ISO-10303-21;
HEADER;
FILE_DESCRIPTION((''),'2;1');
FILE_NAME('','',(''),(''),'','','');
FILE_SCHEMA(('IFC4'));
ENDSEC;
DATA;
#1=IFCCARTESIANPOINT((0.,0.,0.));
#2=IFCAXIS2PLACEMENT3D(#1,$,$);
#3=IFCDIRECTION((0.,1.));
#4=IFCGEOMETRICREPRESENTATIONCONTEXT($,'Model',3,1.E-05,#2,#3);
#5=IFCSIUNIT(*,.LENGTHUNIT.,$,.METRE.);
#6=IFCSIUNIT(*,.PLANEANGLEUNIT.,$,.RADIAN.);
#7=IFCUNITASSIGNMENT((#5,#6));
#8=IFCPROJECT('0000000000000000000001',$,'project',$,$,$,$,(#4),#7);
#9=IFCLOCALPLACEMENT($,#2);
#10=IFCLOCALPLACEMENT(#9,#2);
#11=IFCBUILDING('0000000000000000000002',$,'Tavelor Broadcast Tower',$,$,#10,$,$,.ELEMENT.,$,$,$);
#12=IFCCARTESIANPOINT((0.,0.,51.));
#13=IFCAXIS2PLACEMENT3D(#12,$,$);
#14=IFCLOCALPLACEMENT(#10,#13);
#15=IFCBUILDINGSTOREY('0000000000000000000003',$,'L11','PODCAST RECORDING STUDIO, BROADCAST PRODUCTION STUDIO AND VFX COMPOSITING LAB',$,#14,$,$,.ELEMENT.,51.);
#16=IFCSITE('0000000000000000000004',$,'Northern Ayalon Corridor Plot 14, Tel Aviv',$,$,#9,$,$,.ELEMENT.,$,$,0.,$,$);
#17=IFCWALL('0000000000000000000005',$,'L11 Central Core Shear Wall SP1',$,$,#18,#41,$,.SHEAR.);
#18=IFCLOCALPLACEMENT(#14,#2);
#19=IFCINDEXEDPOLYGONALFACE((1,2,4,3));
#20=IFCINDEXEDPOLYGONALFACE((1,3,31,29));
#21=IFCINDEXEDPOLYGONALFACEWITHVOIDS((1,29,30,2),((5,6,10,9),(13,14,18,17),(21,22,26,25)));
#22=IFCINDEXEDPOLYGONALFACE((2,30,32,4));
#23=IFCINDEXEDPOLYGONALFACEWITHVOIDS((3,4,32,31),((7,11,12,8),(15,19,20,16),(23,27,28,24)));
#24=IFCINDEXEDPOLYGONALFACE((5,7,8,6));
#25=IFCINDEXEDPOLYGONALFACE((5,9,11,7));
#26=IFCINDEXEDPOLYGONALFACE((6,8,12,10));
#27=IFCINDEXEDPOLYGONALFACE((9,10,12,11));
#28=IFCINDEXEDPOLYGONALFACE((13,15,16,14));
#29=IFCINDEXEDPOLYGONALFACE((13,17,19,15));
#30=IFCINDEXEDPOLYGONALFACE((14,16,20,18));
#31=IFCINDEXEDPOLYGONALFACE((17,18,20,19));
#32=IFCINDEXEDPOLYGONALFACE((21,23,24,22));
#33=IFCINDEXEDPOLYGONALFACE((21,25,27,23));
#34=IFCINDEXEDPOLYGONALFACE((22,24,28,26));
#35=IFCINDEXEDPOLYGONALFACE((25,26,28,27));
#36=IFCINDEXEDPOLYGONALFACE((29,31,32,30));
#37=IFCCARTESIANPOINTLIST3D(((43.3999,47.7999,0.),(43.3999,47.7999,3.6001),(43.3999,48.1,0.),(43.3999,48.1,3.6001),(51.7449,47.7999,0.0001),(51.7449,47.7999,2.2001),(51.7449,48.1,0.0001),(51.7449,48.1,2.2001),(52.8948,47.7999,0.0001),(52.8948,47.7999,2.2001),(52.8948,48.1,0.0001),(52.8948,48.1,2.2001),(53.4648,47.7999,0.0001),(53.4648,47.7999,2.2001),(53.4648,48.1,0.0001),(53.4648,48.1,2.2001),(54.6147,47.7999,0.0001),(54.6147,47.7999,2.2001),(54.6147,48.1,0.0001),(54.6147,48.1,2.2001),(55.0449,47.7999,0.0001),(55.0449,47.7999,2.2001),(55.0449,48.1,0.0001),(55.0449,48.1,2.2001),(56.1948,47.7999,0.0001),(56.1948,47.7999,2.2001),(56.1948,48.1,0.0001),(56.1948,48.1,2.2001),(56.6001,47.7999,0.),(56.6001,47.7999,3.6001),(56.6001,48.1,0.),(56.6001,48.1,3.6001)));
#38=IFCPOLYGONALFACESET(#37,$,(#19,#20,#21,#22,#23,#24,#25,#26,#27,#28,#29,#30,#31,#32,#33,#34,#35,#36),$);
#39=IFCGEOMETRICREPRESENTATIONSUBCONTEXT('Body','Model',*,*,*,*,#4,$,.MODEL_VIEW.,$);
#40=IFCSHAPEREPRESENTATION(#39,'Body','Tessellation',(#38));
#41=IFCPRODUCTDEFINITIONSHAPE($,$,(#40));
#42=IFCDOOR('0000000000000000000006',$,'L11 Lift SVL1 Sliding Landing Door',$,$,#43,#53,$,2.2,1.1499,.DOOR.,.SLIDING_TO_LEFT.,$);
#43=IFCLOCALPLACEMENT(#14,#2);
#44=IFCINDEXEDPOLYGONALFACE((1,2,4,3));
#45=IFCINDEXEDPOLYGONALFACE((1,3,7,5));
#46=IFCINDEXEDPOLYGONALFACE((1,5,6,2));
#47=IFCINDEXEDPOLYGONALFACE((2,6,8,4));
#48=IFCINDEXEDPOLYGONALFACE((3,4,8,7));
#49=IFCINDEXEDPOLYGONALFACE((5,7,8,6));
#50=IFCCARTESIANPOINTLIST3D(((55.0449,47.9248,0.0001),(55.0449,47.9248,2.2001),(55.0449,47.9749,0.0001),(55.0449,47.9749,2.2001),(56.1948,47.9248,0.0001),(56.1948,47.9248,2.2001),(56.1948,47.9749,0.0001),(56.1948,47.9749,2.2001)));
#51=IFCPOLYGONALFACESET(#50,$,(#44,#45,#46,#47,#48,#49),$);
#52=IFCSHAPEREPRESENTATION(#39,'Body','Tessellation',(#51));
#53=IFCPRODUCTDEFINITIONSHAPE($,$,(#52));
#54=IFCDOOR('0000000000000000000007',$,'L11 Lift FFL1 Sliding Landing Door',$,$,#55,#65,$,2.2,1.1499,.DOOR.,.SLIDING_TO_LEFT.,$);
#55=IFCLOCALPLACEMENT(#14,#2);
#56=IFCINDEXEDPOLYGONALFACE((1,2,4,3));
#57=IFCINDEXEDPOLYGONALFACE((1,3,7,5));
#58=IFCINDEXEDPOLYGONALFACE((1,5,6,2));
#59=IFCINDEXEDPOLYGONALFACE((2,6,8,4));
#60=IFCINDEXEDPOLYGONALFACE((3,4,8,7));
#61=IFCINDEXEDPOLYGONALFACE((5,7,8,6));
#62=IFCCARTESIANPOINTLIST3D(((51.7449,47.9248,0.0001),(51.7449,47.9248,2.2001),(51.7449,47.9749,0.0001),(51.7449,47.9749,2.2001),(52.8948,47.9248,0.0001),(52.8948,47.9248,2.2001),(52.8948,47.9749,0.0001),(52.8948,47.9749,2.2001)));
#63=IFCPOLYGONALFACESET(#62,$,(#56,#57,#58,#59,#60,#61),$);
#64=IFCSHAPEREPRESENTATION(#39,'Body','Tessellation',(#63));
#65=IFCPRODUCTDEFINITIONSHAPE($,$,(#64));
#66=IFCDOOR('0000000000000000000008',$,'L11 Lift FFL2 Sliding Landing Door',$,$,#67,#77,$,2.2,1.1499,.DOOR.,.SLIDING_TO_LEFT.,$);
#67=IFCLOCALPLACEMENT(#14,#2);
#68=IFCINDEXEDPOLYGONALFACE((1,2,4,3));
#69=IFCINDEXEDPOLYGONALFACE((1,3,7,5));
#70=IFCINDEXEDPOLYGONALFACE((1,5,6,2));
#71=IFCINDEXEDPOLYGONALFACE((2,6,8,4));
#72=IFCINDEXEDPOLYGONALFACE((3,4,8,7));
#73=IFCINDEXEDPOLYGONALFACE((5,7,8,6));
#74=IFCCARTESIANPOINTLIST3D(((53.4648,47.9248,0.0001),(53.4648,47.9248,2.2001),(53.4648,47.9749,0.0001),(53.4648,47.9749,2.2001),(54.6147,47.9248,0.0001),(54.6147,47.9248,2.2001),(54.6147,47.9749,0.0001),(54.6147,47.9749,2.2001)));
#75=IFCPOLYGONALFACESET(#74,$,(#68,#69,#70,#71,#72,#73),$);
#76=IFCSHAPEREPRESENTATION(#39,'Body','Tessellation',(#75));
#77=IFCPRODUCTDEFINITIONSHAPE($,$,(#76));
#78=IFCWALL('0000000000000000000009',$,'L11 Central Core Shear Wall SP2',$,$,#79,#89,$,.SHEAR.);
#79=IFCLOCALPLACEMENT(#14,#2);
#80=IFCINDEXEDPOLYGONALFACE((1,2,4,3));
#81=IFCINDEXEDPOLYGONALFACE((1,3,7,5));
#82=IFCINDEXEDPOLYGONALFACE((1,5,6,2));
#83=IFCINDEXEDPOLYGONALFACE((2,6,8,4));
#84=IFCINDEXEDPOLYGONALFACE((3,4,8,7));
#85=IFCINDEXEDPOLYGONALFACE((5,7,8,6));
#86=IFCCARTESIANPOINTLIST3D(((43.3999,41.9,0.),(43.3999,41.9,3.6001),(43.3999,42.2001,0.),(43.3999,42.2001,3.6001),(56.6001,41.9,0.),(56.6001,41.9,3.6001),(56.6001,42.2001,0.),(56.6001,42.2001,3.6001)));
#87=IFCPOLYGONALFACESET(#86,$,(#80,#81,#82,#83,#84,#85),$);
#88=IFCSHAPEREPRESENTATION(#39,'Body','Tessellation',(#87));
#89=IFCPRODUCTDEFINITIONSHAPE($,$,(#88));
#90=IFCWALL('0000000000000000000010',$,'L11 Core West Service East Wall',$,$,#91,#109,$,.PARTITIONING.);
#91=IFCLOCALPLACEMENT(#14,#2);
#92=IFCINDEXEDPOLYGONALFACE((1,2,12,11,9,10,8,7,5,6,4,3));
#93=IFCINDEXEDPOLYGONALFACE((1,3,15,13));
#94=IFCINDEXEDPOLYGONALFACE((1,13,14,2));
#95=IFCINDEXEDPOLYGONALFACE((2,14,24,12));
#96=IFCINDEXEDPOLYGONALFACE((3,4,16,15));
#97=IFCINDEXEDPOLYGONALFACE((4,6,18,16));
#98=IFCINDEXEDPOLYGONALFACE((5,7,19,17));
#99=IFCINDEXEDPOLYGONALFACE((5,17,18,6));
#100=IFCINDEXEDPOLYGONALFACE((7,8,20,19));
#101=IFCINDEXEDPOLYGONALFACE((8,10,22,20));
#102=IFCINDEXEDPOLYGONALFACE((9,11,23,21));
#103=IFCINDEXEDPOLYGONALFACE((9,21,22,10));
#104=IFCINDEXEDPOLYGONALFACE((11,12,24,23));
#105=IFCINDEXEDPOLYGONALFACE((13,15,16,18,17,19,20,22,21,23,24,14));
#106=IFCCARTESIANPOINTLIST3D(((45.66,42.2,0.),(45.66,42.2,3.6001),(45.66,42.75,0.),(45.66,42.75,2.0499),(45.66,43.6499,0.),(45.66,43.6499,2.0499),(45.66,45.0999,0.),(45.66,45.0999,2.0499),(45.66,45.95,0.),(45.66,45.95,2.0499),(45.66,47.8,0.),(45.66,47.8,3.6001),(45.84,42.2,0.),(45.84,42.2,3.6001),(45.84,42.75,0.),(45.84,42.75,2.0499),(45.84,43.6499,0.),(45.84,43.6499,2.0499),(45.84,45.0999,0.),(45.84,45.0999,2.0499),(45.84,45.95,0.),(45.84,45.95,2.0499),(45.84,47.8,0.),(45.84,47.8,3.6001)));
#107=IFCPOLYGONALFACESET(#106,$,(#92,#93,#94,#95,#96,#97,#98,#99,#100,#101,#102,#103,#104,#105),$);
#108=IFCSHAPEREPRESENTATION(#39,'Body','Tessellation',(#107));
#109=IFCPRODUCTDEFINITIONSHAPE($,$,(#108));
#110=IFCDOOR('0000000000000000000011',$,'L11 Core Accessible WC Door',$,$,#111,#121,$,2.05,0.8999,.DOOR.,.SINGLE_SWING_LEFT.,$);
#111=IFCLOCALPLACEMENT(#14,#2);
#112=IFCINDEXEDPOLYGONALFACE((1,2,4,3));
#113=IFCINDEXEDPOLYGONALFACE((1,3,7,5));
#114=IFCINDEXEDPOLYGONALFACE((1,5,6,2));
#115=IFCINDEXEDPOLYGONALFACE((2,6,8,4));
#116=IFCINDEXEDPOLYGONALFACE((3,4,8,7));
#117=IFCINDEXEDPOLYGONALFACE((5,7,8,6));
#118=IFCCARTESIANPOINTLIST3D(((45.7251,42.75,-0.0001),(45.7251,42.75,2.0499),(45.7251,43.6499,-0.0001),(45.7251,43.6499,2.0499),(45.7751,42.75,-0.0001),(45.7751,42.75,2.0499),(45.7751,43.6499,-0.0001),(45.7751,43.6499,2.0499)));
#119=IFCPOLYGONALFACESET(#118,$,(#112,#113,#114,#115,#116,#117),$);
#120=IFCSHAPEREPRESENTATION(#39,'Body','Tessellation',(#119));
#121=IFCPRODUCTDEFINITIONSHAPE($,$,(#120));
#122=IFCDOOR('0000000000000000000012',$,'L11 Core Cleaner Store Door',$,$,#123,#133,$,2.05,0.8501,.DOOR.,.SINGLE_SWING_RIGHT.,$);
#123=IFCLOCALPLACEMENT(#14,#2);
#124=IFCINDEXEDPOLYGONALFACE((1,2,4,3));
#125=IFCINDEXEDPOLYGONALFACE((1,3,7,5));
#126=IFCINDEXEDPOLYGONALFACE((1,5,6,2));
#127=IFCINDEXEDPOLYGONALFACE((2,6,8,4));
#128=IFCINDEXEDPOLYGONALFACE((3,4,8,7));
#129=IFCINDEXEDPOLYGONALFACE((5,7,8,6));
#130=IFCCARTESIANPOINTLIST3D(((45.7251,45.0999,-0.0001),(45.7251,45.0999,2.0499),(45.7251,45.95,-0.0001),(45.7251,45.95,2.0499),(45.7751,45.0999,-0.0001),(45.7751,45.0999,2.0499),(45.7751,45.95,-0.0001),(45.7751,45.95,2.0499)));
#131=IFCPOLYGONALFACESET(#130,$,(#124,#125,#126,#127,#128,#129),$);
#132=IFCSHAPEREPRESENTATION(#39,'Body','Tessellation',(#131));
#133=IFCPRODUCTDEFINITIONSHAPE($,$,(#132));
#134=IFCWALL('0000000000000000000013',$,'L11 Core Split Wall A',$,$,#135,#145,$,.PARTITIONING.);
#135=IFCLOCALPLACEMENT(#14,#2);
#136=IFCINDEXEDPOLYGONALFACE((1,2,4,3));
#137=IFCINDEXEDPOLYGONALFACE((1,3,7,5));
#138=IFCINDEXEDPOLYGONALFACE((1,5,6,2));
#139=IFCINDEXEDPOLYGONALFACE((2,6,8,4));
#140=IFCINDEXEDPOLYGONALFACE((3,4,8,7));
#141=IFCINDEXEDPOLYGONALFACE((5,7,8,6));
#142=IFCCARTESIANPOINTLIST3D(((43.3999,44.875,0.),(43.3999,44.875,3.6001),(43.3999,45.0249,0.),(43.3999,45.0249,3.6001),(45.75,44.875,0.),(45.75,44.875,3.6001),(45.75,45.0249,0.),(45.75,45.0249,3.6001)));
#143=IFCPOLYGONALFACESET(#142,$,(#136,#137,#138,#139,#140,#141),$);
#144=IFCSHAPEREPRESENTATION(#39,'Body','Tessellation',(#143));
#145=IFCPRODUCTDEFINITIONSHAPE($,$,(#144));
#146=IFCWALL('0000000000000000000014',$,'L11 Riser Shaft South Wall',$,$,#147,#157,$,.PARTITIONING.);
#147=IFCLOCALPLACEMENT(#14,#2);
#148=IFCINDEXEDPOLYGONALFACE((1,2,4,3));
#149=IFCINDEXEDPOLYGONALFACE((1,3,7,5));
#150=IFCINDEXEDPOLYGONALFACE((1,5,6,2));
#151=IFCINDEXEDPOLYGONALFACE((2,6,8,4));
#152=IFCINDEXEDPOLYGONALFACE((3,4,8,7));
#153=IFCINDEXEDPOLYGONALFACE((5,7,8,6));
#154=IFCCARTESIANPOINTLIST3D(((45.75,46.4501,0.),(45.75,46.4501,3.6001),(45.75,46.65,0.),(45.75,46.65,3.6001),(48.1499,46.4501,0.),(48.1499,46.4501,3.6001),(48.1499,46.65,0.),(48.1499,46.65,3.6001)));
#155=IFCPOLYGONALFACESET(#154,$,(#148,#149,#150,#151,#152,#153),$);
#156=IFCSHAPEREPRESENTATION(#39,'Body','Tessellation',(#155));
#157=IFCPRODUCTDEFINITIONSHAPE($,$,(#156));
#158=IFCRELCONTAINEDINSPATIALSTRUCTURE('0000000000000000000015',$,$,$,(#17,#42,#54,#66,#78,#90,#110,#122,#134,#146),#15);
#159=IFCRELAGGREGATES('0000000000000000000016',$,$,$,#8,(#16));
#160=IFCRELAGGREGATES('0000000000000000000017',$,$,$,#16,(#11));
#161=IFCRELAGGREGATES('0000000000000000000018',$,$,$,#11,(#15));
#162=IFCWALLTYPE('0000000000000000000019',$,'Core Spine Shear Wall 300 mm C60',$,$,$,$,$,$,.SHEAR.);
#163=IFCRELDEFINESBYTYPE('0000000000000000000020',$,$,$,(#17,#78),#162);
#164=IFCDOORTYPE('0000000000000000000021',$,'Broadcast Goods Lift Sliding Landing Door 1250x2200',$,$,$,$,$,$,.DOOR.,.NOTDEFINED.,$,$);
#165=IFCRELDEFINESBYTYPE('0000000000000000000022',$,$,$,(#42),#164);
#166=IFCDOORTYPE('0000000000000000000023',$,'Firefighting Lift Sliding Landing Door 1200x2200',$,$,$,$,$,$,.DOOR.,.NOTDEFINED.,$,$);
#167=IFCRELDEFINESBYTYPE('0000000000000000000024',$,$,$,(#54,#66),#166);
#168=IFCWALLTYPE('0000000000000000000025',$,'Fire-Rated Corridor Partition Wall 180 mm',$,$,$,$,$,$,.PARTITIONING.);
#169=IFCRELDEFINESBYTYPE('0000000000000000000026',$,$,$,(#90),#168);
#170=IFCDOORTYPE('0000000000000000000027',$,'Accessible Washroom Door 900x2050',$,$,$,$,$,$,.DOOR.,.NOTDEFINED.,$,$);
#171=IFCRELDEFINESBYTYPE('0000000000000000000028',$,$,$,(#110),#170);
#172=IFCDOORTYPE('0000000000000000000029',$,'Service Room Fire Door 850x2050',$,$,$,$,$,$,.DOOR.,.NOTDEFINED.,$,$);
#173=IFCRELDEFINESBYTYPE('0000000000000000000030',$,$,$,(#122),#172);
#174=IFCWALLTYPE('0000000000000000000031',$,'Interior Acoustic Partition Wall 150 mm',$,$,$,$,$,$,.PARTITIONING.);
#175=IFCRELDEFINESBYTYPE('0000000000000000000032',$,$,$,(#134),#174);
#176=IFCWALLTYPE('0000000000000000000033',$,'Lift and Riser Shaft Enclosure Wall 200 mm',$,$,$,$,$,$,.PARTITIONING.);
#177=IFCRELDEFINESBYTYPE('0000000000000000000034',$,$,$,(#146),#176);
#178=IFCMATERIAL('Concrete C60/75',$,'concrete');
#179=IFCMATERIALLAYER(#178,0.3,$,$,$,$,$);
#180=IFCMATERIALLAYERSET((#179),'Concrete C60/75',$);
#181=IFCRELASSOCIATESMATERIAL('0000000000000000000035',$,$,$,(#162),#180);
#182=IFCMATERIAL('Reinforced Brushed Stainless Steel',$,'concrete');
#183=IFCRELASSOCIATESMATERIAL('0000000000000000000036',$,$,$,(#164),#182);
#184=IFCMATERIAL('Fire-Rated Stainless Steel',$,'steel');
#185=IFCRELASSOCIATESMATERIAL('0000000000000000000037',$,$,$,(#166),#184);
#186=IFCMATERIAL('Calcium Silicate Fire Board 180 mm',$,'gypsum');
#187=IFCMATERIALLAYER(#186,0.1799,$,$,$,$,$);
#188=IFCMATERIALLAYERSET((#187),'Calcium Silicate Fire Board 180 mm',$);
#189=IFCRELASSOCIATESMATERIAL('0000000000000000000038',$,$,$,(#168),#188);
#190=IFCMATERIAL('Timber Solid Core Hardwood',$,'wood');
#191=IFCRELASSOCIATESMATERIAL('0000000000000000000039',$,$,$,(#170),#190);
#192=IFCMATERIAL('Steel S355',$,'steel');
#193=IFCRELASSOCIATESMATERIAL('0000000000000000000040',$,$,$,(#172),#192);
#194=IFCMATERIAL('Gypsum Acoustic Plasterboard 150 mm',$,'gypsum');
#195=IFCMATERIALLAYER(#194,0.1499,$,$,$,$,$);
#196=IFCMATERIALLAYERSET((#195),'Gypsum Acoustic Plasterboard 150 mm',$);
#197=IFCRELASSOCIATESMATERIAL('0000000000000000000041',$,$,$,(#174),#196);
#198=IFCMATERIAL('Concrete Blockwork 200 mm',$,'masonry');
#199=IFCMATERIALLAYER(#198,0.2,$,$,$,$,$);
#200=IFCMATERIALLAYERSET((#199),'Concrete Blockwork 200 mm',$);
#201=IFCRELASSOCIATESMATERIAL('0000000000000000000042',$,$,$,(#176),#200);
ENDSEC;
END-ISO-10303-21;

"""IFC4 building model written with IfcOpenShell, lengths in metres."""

from ifc_helpers import new_model, si_unit, direction, frame, frame_2d, origin, place, context, subcontext, project, spatial, rectangle, extrude, material, layer, layer_set, type_object, element, fill, save


model = new_model("IFC4")

# Units and contexts
model_context = context("Model", 3, precision=1e-05, world=origin(), true_north=direction((0.0, 1.0)))
body_context = subcontext(model_context, "Body", "Model", "MODEL_VIEW")
ifc_project = project(units=[si_unit("LENGTHUNIT", "METRE"), si_unit("PLANEANGLEUNIT", "RADIAN")], contexts=[model_context])

# Site, building, storey
site_placement = place(None, origin())
site = spatial("IfcSite", under=ifc_project, at=site_placement, Name="Northern Ayalon Corridor Plot 14, Tel Aviv", CompositionType="ELEMENT", RefElevation=0.0)
building_placement = place(site_placement, origin())
building = spatial("IfcBuilding", under=site, at=building_placement, Name="Tavelor Broadcast Tower", CompositionType="ELEMENT")
storey_placement = place(building_placement, frame((0.0, 0.0, 51.0)))
storey = spatial("IfcBuildingStorey", under=building, at=storey_placement, Name="L11", Description="PODCAST RECORDING STUDIO, BROADCAST PRODUCTION STUDIO AND VFX COMPOSITING LAB", CompositionType="ELEMENT", Elevation=51.0)

# Shared definitions
ifc_material_1 = material(Name="Concrete C60/75", Category="concrete")

# Shared definitions
ifc_material_2 = material(Name="Steel S355", Category="steel")

# Wall, openings, doors
ifc_layer_1 = layer(ifc_material_1, 0.3)
ifc_layer_set_1 = layer_set([ifc_layer_1], Name="Concrete C60/75")
wall_type_1 = type_object("IfcWallType", Name="Core Spine Shear Wall 300 mm C60", PredefinedType="SHEAR", material=ifc_layer_set_1)
wall_1_placement = place(storey_placement, frame((43.3999, 47.95, 0.0), z_axis=(0.0, 0.0, 1.0), x_axis=(1.0, 0.0, 0.0)))
wall_1 = element("IfcWall", 1, at=wall_1_placement, inside=storey, type_object=wall_type_1, Name="L11 Central Core Shear Wall SP1", PredefinedType="SHEAR", context=body_context, shape_type="SweptSolid", body=[
    extrude(rectangle(XDim=13.2002, YDim=0.3, at=frame_2d((6.6001, 0.0))), origin(), (0.0, 0.0, 1.0), 3.6001),
])
opening_1_placement = place(wall_1_placement, frame((8.345, 0.0, 0.0)))
opening_1 = element("IfcOpeningElement", 2, at=opening_1_placement, cuts=wall_1, PredefinedType="OPENING", context=body_context, shape_type="SweptSolid", body=[
    extrude(rectangle(XDim=1.1499, YDim=2.2, at=frame_2d((0.575, 1.1001))), frame((0.0, 0.1602, 0.0), z_axis=(0.0, -1.0, 0.0), x_axis=(1.0, 0.0, 0.0)), (0.0, 0.0, 1.0), 0.3201),
])
opening_2_placement = place(wall_1_placement, frame((10.0649, 0.0, 0.0)))
opening_2 = element("IfcOpeningElement", 3, at=opening_2_placement, cuts=wall_1, PredefinedType="OPENING", context=body_context, shape_type="SweptSolid", body=[
    extrude(rectangle(XDim=1.1499, YDim=2.2, at=frame_2d((0.575, 1.1001))), frame((0.0, 0.1602, 0.0), z_axis=(0.0, -1.0, 0.0), x_axis=(1.0, 0.0, 0.0)), (0.0, 0.0, 1.0), 0.3201),
])
opening_3_placement = place(wall_1_placement, frame((11.645, 0.0, 0.0)))
opening_3 = element("IfcOpeningElement", 4, at=opening_3_placement, cuts=wall_1, PredefinedType="OPENING", context=body_context, shape_type="SweptSolid", body=[
    extrude(rectangle(XDim=1.1499, YDim=2.2, at=frame_2d((0.575, 1.1001))), frame((0.0, 0.1602, 0.0), z_axis=(0.0, -1.0, 0.0), x_axis=(1.0, 0.0, 0.0)), (0.0, 0.0, 1.0), 0.3201),
])
ifc_material_3 = material(Name="Reinforced Brushed Stainless Steel", Category="concrete")
door_type_1 = type_object("IfcDoorType", Name="Broadcast Goods Lift Sliding Landing Door 1250x2200", OperationType="NOTDEFINED", PredefinedType="DOOR", material=ifc_material_3)
door_1_placement = place(opening_3_placement, origin())
door_1 = element("IfcDoor", 5, at=door_1_placement, inside=storey, type_object=door_type_1, Name="L11 Lift SVL1 Sliding Landing Door", OperationType="SLIDING_TO_LEFT", OverallHeight=2.2, OverallWidth=1.1499, PredefinedType="DOOR", context=body_context, shape_type="SweptSolid", body=[
    extrude(rectangle(XDim=1.1499, YDim=2.2, at=frame_2d((0.575, 1.1001))), frame((0.0, 0.0249, 0.0), z_axis=(0.0, -1.0, 0.0), x_axis=(1.0, 0.0, 0.0)), (0.0, 0.0, 1.0), 0.05),
])
fill(opening_3, door_1)
ifc_material_4 = material(Name="Fire-Rated Stainless Steel", Category="steel")
door_type_2 = type_object("IfcDoorType", Name="Firefighting Lift Sliding Landing Door 1200x2200", OperationType="NOTDEFINED", PredefinedType="DOOR", material=ifc_material_4)
door_2_placement = place(opening_1_placement, origin())
door_2 = element("IfcDoor", 6, at=door_2_placement, inside=storey, type_object=door_type_2, Name="L11 Lift FFL1 Sliding Landing Door", OperationType="SLIDING_TO_LEFT", OverallHeight=2.2, OverallWidth=1.1499, PredefinedType="DOOR", context=body_context, shape_type="SweptSolid", body=[
    extrude(rectangle(XDim=1.1499, YDim=2.2, at=frame_2d((0.575, 1.1001))), frame((0.0, 0.0249, 0.0), z_axis=(0.0, -1.0, 0.0), x_axis=(1.0, 0.0, 0.0)), (0.0, 0.0, 1.0), 0.05),
])
fill(opening_1, door_2)
door_3_placement = place(opening_2_placement, origin())
door_3 = element("IfcDoor", 7, at=door_3_placement, inside=storey, type_object=door_type_2, Name="L11 Lift FFL2 Sliding Landing Door", OperationType="SLIDING_TO_LEFT", OverallHeight=2.2, OverallWidth=1.1499, PredefinedType="DOOR", context=body_context, shape_type="SweptSolid", body=[
    extrude(rectangle(XDim=1.1499, YDim=2.2, at=frame_2d((0.575, 1.1001))), frame((0.0, 0.0249, 0.0), z_axis=(0.0, -1.0, 0.0), x_axis=(1.0, 0.0, 0.0)), (0.0, 0.0, 1.0), 0.05),
])
fill(opening_2, door_3)

# Wall
wall_2_placement = place(storey_placement, frame((43.3999, 42.05, 0.0), z_axis=(0.0, 0.0, 1.0), x_axis=(1.0, 0.0, 0.0)))
element("IfcWall", 8, at=wall_2_placement, inside=storey, type_object=wall_type_1, Name="L11 Central Core Shear Wall SP2", PredefinedType="SHEAR", context=body_context, shape_type="SweptSolid", body=[
    extrude(rectangle(XDim=13.2002, YDim=0.3, at=frame_2d((6.6001, 0.0))), origin(), (0.0, 0.0, 1.0), 3.6001),
])

# Wall, openings, doors
ifc_material_5 = material(Name="Calcium Silicate Fire Board 180 mm", Category="gypsum")
ifc_layer_2 = layer(ifc_material_5, 0.1799)
ifc_layer_set_2 = layer_set([ifc_layer_2], Name="Calcium Silicate Fire Board 180 mm")
wall_type_2 = type_object("IfcWallType", Name="Fire-Rated Corridor Partition Wall 180 mm", PredefinedType="PARTITIONING", material=ifc_layer_set_2)
wall_3_placement = place(storey_placement, frame((45.75, 42.2, 0.0), z_axis=(0.0, 0.0, 1.0), x_axis=(0.0, 1.0, 0.0)))
wall_3 = element("IfcWall", 9, at=wall_3_placement, inside=storey, type_object=wall_type_2, Name="L11 Core West Service East Wall", PredefinedType="PARTITIONING", context=body_context, shape_type="SweptSolid", body=[
    extrude(rectangle(XDim=5.6001, YDim=0.1799, at=frame_2d((2.8, 0.0))), origin(), (0.0, 0.0, 1.0), 3.6001),
])
opening_4_placement = place(wall_3_placement, frame((0.55, 0.0, 0.0)))
opening_4 = element("IfcOpeningElement", 10, at=opening_4_placement, cuts=wall_3, PredefinedType="OPENING", context=body_context, shape_type="SweptSolid", body=[
    extrude(rectangle(XDim=0.8999, YDim=2.05, at=frame_2d((0.45, 1.0249))), frame((0.0, 0.1001, 0.0), z_axis=(0.0, -1.0, 0.0), x_axis=(1.0, 0.0, 0.0)), (0.0, 0.0, 1.0), 0.2),
])
opening_5_placement = place(wall_3_placement, frame((2.8999, 0.0, 0.0)))
opening_5 = element("IfcOpeningElement", 11, at=opening_5_placement, cuts=wall_3, PredefinedType="OPENING", context=body_context, shape_type="SweptSolid", body=[
    extrude(rectangle(XDim=0.8501, YDim=2.05, at=frame_2d((0.425, 1.0249))), frame((0.0, 0.1001, 0.0), z_axis=(0.0, -1.0, 0.0), x_axis=(1.0, 0.0, 0.0)), (0.0, 0.0, 1.0), 0.2),
])
ifc_material_6 = material(Name="Timber Solid Core Hardwood", Category="wood")
door_type_3 = type_object("IfcDoorType", Name="Accessible Washroom Door 900x2050", OperationType="NOTDEFINED", PredefinedType="DOOR", material=ifc_material_6)
door_4_placement = place(opening_4_placement, origin())
door_4 = element("IfcDoor", 12, at=door_4_placement, inside=storey, type_object=door_type_3, Name="L11 Core Accessible WC Door", OperationType="SINGLE_SWING_LEFT", OverallHeight=2.05, OverallWidth=0.8999, PredefinedType="DOOR", context=body_context, shape_type="SweptSolid", body=[
    extrude(rectangle(XDim=0.8999, YDim=2.05, at=frame_2d((0.45, 1.0249))), frame((0.0, 0.0249, 0.0), z_axis=(0.0, -1.0, 0.0), x_axis=(1.0, 0.0, 0.0)), (0.0, 0.0, 1.0), 0.05),
])
fill(opening_4, door_4)
door_type_4 = type_object("IfcDoorType", Name="Service Room Fire Door 850x2050", OperationType="NOTDEFINED", PredefinedType="DOOR", material=ifc_material_2)
door_5_placement = place(opening_5_placement, origin())
door_5 = element("IfcDoor", 13, at=door_5_placement, inside=storey, type_object=door_type_4, Name="L11 Core Cleaner Store Door", OperationType="SINGLE_SWING_RIGHT", OverallHeight=2.05, OverallWidth=0.8501, PredefinedType="DOOR", context=body_context, shape_type="SweptSolid", body=[
    extrude(rectangle(XDim=0.8501, YDim=2.05, at=frame_2d((0.425, 1.0249))), frame((0.0, 0.0249, 0.0), z_axis=(0.0, -1.0, 0.0), x_axis=(1.0, 0.0, 0.0)), (0.0, 0.0, 1.0), 0.05),
])
fill(opening_5, door_5)

# Walls
ifc_material_7 = material(Name="Gypsum Acoustic Plasterboard 150 mm", Category="gypsum")
ifc_layer_3 = layer(ifc_material_7, 0.1499)
ifc_layer_set_3 = layer_set([ifc_layer_3], Name="Gypsum Acoustic Plasterboard 150 mm")
wall_type_3 = type_object("IfcWallType", Name="Interior Acoustic Partition Wall 150 mm", PredefinedType="PARTITIONING", material=ifc_layer_set_3)
wall_4_placement = place(storey_placement, frame((43.3999, 44.95, 0.0), z_axis=(0.0, 0.0, 1.0), x_axis=(1.0, 0.0, 0.0)))
element("IfcWall", 14, at=wall_4_placement, inside=storey, type_object=wall_type_3, Name="L11 Core Split Wall A", PredefinedType="PARTITIONING", context=body_context, shape_type="SweptSolid", body=[
    extrude(rectangle(XDim=2.3501, YDim=0.1499, at=frame_2d((1.175, 0.0))), origin(), (0.0, 0.0, 1.0), 3.6001),
])
ifc_material_8 = material(Name="Concrete Blockwork 200 mm", Category="masonry")
ifc_layer_4 = layer(ifc_material_8, 0.2)
ifc_layer_set_4 = layer_set([ifc_layer_4], Name="Concrete Blockwork 200 mm")
wall_type_4 = type_object("IfcWallType", Name="Lift and Riser Shaft Enclosure Wall 200 mm", PredefinedType="PARTITIONING", material=ifc_layer_set_4)
wall_5_placement = place(storey_placement, frame((45.75, 46.55, 0.0), z_axis=(0.0, 0.0, 1.0), x_axis=(1.0, 0.0, 0.0)))
element("IfcWall", 15, at=wall_5_placement, inside=storey, type_object=wall_type_4, Name="L11 Riser Shaft South Wall", PredefinedType="PARTITIONING", context=body_context, shape_type="SweptSolid", body=[
    extrude(rectangle(XDim=2.3999, YDim=0.2, at=frame_2d((1.2, 0.0))), origin(), (0.0, 0.0, 1.0), 3.6001),
])

save(model, "model.ifc")
